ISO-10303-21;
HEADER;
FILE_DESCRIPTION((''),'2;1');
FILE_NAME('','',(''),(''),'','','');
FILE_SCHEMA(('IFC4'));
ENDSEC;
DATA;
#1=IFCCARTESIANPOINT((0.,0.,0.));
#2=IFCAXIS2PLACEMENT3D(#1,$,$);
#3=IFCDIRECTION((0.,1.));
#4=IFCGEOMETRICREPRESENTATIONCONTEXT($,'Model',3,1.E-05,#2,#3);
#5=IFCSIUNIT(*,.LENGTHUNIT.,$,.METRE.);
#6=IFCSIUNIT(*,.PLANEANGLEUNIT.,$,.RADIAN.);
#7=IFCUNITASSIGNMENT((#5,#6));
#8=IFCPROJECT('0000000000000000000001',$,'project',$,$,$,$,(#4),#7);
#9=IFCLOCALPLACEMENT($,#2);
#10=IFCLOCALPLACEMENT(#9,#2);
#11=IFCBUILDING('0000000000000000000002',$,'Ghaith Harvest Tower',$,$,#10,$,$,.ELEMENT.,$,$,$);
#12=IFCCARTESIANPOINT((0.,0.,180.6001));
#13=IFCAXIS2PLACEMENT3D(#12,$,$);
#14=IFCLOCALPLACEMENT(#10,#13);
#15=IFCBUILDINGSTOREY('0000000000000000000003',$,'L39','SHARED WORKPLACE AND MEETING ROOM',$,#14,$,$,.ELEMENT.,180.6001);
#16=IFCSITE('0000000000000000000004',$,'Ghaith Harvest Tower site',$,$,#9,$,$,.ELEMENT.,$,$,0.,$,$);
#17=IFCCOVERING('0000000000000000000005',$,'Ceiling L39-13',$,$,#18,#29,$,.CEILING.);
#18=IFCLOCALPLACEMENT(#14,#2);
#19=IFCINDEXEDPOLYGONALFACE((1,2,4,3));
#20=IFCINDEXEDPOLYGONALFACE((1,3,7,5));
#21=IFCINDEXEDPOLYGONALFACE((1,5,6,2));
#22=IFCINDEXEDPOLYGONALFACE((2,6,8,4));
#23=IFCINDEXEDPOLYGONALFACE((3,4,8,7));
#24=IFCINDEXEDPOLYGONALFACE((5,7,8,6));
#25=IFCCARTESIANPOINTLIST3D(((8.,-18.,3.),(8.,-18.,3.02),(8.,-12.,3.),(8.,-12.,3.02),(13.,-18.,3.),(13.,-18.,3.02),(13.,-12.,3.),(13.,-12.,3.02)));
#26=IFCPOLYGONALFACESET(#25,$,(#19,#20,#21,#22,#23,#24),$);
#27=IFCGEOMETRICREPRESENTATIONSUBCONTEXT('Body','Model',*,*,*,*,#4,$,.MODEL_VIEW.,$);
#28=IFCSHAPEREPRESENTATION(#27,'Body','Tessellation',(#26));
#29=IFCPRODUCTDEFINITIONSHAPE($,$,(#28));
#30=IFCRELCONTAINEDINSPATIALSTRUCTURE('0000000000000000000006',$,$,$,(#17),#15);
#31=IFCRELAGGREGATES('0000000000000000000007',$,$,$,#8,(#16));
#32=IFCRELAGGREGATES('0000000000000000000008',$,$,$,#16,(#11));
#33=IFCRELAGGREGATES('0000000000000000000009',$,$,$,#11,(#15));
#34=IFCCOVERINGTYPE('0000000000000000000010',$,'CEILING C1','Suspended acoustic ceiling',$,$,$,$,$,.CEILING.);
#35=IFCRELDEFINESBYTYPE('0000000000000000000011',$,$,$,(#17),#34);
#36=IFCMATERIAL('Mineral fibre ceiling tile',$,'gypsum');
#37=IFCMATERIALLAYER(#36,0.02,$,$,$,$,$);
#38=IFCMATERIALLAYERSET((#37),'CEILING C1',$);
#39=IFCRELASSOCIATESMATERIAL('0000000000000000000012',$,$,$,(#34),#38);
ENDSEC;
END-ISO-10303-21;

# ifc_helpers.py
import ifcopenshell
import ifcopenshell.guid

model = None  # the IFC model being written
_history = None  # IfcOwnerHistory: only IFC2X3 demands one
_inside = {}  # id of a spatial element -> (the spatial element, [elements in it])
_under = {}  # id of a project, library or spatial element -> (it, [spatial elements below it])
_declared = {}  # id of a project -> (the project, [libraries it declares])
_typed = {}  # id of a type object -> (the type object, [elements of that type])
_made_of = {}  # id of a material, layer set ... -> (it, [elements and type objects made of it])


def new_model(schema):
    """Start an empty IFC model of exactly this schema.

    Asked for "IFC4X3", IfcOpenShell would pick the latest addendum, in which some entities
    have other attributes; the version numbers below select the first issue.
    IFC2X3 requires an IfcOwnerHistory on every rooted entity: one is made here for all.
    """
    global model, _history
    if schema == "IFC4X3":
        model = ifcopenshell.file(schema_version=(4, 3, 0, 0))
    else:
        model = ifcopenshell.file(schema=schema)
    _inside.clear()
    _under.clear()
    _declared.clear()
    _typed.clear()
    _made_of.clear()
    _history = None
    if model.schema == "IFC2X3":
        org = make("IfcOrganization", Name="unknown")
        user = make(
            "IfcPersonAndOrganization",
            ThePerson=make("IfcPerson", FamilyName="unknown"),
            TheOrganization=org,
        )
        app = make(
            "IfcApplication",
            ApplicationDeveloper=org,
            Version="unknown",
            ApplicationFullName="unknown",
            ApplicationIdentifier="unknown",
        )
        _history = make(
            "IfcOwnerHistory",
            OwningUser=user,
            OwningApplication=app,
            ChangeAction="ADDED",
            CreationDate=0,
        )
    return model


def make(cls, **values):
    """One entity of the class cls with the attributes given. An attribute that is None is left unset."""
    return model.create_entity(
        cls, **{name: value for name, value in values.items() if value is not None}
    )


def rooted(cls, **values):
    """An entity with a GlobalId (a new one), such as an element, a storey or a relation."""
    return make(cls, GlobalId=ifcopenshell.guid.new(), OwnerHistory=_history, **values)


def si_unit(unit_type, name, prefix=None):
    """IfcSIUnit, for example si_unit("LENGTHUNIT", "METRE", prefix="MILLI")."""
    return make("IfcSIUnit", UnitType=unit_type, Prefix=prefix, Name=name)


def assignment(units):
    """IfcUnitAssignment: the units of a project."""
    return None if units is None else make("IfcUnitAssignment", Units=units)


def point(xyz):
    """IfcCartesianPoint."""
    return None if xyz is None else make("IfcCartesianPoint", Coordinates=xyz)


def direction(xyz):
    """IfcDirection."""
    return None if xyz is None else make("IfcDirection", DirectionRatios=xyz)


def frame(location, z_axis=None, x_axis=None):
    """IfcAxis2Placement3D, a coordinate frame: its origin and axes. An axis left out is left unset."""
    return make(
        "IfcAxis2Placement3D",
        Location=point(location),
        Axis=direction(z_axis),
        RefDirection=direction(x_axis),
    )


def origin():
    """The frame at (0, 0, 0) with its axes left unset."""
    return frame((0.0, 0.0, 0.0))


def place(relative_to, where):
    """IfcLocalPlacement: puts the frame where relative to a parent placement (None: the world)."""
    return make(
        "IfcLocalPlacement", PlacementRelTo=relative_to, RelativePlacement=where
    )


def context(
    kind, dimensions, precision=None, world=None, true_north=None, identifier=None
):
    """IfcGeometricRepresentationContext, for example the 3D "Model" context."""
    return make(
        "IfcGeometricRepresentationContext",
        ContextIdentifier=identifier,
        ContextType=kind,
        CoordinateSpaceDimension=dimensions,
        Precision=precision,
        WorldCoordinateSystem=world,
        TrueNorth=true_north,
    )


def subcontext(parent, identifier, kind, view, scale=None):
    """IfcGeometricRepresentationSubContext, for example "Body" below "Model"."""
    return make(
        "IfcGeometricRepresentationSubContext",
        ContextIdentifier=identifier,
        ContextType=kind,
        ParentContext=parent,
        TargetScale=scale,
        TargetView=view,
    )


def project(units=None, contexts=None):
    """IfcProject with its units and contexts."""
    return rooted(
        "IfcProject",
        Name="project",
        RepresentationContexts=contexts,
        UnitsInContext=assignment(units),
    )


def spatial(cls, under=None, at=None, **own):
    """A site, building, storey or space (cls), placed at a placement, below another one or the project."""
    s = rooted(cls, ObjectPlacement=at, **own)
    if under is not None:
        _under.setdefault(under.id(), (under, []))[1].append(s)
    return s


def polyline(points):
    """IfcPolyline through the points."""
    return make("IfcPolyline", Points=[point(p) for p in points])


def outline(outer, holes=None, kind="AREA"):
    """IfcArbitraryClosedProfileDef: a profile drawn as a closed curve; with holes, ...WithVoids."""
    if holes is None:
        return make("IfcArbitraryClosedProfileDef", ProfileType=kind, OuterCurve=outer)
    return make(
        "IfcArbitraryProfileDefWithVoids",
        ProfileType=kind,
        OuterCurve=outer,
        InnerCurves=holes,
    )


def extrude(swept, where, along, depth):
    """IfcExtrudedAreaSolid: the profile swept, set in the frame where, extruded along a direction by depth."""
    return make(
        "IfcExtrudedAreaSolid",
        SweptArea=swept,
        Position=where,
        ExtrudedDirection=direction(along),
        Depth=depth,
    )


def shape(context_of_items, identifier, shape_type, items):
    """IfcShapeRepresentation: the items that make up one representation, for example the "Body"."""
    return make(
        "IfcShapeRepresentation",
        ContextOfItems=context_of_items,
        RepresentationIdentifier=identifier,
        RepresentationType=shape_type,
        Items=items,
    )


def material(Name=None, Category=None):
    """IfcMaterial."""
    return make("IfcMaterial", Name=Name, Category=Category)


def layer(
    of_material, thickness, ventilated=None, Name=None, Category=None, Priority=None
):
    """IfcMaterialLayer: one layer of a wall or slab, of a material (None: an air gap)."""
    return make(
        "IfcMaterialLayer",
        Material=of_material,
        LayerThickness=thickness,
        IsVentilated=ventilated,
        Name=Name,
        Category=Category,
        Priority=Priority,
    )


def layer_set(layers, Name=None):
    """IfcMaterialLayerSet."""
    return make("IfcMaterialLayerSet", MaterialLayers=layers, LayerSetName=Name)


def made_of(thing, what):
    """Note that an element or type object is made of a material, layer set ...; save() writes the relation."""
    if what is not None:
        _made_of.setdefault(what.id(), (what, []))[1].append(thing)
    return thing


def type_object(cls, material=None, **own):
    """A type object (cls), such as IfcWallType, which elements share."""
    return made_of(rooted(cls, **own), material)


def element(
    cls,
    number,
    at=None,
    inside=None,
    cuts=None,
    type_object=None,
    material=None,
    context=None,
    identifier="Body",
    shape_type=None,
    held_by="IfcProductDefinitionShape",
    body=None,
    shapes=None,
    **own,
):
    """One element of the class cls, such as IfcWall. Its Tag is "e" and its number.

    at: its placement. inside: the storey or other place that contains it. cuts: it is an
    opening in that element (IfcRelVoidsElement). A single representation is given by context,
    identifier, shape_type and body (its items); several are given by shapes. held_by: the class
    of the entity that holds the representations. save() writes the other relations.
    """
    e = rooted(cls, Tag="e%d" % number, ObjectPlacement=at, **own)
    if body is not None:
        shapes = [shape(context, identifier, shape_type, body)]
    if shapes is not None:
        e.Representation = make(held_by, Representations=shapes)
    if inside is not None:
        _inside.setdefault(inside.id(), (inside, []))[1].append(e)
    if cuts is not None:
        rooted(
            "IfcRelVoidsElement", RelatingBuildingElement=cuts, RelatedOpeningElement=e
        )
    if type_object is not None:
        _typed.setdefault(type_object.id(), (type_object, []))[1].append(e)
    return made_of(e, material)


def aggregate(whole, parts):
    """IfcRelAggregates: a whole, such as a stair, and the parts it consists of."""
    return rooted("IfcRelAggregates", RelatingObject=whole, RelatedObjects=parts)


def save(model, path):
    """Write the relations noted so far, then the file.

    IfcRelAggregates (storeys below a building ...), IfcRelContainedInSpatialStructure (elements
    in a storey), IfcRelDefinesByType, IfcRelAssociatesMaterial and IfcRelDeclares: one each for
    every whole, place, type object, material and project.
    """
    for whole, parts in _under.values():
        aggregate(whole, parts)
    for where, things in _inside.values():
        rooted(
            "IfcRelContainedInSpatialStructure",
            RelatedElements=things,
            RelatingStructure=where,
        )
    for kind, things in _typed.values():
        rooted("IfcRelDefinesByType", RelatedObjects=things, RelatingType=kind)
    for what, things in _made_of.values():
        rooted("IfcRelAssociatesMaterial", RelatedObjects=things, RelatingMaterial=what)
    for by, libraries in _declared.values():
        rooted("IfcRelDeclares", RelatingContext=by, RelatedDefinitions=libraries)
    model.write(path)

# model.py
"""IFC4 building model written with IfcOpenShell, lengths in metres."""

from ifc_helpers import new_model, si_unit, direction, frame, origin, place, context, subcontext, project, spatial, polyline, outline, extrude, material, layer, layer_set, type_object, element, save


model = new_model("IFC4")

# Units and contexts
model_context = context("Model", 3, precision=1e-05, world=origin(), true_north=direction((0.0, 1.0)))
body_context = subcontext(model_context, "Body", "Model", "MODEL_VIEW")
ifc_project = project(units=[si_unit("LENGTHUNIT", "METRE"), si_unit("PLANEANGLEUNIT", "RADIAN")], contexts=[model_context])

# Site, building, storey
site_placement = place(None, origin())
site = spatial("IfcSite", under=ifc_project, at=site_placement, Name="Ghaith Harvest Tower site", CompositionType="ELEMENT", RefElevation=0.0)
building_placement = place(site_placement, origin())
building = spatial("IfcBuilding", under=site, at=building_placement, Name="Ghaith Harvest Tower", CompositionType="ELEMENT")
storey_placement = place(building_placement, frame((0.0, 0.0, 180.6001)))
storey = spatial("IfcBuildingStorey", under=building, at=storey_placement, Name="L39", Description="SHARED WORKPLACE AND MEETING ROOM", CompositionType="ELEMENT", Elevation=180.6001)

# Covering
ifc_material_1 = material(Name="Mineral fibre ceiling tile", Category="gypsum")
ifc_layer_1 = layer(ifc_material_1, 0.02)
ifc_layer_set_1 = layer_set([ifc_layer_1], Name="CEILING C1")
covering_type = type_object("IfcCoveringType", Name="CEILING C1", Description="Suspended acoustic ceiling", PredefinedType="CEILING", material=ifc_layer_set_1)
covering_1_placement = place(storey_placement, frame((0.0, 0.0, 3.0)))
element("IfcCovering", 1, at=covering_1_placement, inside=storey, type_object=covering_type, Name="Ceiling L39-13", PredefinedType="CEILING", context=body_context, shape_type="SweptSolid", body=[
    extrude(outline(polyline([(8.0, -18.0), (13.0, -18.0), (13.0, -12.0), (8.0, -12.0), (8.0, -18.0)])), origin(), (0.0, 0.0, 1.0), 0.02),
])

save(model, "model.ifc")
